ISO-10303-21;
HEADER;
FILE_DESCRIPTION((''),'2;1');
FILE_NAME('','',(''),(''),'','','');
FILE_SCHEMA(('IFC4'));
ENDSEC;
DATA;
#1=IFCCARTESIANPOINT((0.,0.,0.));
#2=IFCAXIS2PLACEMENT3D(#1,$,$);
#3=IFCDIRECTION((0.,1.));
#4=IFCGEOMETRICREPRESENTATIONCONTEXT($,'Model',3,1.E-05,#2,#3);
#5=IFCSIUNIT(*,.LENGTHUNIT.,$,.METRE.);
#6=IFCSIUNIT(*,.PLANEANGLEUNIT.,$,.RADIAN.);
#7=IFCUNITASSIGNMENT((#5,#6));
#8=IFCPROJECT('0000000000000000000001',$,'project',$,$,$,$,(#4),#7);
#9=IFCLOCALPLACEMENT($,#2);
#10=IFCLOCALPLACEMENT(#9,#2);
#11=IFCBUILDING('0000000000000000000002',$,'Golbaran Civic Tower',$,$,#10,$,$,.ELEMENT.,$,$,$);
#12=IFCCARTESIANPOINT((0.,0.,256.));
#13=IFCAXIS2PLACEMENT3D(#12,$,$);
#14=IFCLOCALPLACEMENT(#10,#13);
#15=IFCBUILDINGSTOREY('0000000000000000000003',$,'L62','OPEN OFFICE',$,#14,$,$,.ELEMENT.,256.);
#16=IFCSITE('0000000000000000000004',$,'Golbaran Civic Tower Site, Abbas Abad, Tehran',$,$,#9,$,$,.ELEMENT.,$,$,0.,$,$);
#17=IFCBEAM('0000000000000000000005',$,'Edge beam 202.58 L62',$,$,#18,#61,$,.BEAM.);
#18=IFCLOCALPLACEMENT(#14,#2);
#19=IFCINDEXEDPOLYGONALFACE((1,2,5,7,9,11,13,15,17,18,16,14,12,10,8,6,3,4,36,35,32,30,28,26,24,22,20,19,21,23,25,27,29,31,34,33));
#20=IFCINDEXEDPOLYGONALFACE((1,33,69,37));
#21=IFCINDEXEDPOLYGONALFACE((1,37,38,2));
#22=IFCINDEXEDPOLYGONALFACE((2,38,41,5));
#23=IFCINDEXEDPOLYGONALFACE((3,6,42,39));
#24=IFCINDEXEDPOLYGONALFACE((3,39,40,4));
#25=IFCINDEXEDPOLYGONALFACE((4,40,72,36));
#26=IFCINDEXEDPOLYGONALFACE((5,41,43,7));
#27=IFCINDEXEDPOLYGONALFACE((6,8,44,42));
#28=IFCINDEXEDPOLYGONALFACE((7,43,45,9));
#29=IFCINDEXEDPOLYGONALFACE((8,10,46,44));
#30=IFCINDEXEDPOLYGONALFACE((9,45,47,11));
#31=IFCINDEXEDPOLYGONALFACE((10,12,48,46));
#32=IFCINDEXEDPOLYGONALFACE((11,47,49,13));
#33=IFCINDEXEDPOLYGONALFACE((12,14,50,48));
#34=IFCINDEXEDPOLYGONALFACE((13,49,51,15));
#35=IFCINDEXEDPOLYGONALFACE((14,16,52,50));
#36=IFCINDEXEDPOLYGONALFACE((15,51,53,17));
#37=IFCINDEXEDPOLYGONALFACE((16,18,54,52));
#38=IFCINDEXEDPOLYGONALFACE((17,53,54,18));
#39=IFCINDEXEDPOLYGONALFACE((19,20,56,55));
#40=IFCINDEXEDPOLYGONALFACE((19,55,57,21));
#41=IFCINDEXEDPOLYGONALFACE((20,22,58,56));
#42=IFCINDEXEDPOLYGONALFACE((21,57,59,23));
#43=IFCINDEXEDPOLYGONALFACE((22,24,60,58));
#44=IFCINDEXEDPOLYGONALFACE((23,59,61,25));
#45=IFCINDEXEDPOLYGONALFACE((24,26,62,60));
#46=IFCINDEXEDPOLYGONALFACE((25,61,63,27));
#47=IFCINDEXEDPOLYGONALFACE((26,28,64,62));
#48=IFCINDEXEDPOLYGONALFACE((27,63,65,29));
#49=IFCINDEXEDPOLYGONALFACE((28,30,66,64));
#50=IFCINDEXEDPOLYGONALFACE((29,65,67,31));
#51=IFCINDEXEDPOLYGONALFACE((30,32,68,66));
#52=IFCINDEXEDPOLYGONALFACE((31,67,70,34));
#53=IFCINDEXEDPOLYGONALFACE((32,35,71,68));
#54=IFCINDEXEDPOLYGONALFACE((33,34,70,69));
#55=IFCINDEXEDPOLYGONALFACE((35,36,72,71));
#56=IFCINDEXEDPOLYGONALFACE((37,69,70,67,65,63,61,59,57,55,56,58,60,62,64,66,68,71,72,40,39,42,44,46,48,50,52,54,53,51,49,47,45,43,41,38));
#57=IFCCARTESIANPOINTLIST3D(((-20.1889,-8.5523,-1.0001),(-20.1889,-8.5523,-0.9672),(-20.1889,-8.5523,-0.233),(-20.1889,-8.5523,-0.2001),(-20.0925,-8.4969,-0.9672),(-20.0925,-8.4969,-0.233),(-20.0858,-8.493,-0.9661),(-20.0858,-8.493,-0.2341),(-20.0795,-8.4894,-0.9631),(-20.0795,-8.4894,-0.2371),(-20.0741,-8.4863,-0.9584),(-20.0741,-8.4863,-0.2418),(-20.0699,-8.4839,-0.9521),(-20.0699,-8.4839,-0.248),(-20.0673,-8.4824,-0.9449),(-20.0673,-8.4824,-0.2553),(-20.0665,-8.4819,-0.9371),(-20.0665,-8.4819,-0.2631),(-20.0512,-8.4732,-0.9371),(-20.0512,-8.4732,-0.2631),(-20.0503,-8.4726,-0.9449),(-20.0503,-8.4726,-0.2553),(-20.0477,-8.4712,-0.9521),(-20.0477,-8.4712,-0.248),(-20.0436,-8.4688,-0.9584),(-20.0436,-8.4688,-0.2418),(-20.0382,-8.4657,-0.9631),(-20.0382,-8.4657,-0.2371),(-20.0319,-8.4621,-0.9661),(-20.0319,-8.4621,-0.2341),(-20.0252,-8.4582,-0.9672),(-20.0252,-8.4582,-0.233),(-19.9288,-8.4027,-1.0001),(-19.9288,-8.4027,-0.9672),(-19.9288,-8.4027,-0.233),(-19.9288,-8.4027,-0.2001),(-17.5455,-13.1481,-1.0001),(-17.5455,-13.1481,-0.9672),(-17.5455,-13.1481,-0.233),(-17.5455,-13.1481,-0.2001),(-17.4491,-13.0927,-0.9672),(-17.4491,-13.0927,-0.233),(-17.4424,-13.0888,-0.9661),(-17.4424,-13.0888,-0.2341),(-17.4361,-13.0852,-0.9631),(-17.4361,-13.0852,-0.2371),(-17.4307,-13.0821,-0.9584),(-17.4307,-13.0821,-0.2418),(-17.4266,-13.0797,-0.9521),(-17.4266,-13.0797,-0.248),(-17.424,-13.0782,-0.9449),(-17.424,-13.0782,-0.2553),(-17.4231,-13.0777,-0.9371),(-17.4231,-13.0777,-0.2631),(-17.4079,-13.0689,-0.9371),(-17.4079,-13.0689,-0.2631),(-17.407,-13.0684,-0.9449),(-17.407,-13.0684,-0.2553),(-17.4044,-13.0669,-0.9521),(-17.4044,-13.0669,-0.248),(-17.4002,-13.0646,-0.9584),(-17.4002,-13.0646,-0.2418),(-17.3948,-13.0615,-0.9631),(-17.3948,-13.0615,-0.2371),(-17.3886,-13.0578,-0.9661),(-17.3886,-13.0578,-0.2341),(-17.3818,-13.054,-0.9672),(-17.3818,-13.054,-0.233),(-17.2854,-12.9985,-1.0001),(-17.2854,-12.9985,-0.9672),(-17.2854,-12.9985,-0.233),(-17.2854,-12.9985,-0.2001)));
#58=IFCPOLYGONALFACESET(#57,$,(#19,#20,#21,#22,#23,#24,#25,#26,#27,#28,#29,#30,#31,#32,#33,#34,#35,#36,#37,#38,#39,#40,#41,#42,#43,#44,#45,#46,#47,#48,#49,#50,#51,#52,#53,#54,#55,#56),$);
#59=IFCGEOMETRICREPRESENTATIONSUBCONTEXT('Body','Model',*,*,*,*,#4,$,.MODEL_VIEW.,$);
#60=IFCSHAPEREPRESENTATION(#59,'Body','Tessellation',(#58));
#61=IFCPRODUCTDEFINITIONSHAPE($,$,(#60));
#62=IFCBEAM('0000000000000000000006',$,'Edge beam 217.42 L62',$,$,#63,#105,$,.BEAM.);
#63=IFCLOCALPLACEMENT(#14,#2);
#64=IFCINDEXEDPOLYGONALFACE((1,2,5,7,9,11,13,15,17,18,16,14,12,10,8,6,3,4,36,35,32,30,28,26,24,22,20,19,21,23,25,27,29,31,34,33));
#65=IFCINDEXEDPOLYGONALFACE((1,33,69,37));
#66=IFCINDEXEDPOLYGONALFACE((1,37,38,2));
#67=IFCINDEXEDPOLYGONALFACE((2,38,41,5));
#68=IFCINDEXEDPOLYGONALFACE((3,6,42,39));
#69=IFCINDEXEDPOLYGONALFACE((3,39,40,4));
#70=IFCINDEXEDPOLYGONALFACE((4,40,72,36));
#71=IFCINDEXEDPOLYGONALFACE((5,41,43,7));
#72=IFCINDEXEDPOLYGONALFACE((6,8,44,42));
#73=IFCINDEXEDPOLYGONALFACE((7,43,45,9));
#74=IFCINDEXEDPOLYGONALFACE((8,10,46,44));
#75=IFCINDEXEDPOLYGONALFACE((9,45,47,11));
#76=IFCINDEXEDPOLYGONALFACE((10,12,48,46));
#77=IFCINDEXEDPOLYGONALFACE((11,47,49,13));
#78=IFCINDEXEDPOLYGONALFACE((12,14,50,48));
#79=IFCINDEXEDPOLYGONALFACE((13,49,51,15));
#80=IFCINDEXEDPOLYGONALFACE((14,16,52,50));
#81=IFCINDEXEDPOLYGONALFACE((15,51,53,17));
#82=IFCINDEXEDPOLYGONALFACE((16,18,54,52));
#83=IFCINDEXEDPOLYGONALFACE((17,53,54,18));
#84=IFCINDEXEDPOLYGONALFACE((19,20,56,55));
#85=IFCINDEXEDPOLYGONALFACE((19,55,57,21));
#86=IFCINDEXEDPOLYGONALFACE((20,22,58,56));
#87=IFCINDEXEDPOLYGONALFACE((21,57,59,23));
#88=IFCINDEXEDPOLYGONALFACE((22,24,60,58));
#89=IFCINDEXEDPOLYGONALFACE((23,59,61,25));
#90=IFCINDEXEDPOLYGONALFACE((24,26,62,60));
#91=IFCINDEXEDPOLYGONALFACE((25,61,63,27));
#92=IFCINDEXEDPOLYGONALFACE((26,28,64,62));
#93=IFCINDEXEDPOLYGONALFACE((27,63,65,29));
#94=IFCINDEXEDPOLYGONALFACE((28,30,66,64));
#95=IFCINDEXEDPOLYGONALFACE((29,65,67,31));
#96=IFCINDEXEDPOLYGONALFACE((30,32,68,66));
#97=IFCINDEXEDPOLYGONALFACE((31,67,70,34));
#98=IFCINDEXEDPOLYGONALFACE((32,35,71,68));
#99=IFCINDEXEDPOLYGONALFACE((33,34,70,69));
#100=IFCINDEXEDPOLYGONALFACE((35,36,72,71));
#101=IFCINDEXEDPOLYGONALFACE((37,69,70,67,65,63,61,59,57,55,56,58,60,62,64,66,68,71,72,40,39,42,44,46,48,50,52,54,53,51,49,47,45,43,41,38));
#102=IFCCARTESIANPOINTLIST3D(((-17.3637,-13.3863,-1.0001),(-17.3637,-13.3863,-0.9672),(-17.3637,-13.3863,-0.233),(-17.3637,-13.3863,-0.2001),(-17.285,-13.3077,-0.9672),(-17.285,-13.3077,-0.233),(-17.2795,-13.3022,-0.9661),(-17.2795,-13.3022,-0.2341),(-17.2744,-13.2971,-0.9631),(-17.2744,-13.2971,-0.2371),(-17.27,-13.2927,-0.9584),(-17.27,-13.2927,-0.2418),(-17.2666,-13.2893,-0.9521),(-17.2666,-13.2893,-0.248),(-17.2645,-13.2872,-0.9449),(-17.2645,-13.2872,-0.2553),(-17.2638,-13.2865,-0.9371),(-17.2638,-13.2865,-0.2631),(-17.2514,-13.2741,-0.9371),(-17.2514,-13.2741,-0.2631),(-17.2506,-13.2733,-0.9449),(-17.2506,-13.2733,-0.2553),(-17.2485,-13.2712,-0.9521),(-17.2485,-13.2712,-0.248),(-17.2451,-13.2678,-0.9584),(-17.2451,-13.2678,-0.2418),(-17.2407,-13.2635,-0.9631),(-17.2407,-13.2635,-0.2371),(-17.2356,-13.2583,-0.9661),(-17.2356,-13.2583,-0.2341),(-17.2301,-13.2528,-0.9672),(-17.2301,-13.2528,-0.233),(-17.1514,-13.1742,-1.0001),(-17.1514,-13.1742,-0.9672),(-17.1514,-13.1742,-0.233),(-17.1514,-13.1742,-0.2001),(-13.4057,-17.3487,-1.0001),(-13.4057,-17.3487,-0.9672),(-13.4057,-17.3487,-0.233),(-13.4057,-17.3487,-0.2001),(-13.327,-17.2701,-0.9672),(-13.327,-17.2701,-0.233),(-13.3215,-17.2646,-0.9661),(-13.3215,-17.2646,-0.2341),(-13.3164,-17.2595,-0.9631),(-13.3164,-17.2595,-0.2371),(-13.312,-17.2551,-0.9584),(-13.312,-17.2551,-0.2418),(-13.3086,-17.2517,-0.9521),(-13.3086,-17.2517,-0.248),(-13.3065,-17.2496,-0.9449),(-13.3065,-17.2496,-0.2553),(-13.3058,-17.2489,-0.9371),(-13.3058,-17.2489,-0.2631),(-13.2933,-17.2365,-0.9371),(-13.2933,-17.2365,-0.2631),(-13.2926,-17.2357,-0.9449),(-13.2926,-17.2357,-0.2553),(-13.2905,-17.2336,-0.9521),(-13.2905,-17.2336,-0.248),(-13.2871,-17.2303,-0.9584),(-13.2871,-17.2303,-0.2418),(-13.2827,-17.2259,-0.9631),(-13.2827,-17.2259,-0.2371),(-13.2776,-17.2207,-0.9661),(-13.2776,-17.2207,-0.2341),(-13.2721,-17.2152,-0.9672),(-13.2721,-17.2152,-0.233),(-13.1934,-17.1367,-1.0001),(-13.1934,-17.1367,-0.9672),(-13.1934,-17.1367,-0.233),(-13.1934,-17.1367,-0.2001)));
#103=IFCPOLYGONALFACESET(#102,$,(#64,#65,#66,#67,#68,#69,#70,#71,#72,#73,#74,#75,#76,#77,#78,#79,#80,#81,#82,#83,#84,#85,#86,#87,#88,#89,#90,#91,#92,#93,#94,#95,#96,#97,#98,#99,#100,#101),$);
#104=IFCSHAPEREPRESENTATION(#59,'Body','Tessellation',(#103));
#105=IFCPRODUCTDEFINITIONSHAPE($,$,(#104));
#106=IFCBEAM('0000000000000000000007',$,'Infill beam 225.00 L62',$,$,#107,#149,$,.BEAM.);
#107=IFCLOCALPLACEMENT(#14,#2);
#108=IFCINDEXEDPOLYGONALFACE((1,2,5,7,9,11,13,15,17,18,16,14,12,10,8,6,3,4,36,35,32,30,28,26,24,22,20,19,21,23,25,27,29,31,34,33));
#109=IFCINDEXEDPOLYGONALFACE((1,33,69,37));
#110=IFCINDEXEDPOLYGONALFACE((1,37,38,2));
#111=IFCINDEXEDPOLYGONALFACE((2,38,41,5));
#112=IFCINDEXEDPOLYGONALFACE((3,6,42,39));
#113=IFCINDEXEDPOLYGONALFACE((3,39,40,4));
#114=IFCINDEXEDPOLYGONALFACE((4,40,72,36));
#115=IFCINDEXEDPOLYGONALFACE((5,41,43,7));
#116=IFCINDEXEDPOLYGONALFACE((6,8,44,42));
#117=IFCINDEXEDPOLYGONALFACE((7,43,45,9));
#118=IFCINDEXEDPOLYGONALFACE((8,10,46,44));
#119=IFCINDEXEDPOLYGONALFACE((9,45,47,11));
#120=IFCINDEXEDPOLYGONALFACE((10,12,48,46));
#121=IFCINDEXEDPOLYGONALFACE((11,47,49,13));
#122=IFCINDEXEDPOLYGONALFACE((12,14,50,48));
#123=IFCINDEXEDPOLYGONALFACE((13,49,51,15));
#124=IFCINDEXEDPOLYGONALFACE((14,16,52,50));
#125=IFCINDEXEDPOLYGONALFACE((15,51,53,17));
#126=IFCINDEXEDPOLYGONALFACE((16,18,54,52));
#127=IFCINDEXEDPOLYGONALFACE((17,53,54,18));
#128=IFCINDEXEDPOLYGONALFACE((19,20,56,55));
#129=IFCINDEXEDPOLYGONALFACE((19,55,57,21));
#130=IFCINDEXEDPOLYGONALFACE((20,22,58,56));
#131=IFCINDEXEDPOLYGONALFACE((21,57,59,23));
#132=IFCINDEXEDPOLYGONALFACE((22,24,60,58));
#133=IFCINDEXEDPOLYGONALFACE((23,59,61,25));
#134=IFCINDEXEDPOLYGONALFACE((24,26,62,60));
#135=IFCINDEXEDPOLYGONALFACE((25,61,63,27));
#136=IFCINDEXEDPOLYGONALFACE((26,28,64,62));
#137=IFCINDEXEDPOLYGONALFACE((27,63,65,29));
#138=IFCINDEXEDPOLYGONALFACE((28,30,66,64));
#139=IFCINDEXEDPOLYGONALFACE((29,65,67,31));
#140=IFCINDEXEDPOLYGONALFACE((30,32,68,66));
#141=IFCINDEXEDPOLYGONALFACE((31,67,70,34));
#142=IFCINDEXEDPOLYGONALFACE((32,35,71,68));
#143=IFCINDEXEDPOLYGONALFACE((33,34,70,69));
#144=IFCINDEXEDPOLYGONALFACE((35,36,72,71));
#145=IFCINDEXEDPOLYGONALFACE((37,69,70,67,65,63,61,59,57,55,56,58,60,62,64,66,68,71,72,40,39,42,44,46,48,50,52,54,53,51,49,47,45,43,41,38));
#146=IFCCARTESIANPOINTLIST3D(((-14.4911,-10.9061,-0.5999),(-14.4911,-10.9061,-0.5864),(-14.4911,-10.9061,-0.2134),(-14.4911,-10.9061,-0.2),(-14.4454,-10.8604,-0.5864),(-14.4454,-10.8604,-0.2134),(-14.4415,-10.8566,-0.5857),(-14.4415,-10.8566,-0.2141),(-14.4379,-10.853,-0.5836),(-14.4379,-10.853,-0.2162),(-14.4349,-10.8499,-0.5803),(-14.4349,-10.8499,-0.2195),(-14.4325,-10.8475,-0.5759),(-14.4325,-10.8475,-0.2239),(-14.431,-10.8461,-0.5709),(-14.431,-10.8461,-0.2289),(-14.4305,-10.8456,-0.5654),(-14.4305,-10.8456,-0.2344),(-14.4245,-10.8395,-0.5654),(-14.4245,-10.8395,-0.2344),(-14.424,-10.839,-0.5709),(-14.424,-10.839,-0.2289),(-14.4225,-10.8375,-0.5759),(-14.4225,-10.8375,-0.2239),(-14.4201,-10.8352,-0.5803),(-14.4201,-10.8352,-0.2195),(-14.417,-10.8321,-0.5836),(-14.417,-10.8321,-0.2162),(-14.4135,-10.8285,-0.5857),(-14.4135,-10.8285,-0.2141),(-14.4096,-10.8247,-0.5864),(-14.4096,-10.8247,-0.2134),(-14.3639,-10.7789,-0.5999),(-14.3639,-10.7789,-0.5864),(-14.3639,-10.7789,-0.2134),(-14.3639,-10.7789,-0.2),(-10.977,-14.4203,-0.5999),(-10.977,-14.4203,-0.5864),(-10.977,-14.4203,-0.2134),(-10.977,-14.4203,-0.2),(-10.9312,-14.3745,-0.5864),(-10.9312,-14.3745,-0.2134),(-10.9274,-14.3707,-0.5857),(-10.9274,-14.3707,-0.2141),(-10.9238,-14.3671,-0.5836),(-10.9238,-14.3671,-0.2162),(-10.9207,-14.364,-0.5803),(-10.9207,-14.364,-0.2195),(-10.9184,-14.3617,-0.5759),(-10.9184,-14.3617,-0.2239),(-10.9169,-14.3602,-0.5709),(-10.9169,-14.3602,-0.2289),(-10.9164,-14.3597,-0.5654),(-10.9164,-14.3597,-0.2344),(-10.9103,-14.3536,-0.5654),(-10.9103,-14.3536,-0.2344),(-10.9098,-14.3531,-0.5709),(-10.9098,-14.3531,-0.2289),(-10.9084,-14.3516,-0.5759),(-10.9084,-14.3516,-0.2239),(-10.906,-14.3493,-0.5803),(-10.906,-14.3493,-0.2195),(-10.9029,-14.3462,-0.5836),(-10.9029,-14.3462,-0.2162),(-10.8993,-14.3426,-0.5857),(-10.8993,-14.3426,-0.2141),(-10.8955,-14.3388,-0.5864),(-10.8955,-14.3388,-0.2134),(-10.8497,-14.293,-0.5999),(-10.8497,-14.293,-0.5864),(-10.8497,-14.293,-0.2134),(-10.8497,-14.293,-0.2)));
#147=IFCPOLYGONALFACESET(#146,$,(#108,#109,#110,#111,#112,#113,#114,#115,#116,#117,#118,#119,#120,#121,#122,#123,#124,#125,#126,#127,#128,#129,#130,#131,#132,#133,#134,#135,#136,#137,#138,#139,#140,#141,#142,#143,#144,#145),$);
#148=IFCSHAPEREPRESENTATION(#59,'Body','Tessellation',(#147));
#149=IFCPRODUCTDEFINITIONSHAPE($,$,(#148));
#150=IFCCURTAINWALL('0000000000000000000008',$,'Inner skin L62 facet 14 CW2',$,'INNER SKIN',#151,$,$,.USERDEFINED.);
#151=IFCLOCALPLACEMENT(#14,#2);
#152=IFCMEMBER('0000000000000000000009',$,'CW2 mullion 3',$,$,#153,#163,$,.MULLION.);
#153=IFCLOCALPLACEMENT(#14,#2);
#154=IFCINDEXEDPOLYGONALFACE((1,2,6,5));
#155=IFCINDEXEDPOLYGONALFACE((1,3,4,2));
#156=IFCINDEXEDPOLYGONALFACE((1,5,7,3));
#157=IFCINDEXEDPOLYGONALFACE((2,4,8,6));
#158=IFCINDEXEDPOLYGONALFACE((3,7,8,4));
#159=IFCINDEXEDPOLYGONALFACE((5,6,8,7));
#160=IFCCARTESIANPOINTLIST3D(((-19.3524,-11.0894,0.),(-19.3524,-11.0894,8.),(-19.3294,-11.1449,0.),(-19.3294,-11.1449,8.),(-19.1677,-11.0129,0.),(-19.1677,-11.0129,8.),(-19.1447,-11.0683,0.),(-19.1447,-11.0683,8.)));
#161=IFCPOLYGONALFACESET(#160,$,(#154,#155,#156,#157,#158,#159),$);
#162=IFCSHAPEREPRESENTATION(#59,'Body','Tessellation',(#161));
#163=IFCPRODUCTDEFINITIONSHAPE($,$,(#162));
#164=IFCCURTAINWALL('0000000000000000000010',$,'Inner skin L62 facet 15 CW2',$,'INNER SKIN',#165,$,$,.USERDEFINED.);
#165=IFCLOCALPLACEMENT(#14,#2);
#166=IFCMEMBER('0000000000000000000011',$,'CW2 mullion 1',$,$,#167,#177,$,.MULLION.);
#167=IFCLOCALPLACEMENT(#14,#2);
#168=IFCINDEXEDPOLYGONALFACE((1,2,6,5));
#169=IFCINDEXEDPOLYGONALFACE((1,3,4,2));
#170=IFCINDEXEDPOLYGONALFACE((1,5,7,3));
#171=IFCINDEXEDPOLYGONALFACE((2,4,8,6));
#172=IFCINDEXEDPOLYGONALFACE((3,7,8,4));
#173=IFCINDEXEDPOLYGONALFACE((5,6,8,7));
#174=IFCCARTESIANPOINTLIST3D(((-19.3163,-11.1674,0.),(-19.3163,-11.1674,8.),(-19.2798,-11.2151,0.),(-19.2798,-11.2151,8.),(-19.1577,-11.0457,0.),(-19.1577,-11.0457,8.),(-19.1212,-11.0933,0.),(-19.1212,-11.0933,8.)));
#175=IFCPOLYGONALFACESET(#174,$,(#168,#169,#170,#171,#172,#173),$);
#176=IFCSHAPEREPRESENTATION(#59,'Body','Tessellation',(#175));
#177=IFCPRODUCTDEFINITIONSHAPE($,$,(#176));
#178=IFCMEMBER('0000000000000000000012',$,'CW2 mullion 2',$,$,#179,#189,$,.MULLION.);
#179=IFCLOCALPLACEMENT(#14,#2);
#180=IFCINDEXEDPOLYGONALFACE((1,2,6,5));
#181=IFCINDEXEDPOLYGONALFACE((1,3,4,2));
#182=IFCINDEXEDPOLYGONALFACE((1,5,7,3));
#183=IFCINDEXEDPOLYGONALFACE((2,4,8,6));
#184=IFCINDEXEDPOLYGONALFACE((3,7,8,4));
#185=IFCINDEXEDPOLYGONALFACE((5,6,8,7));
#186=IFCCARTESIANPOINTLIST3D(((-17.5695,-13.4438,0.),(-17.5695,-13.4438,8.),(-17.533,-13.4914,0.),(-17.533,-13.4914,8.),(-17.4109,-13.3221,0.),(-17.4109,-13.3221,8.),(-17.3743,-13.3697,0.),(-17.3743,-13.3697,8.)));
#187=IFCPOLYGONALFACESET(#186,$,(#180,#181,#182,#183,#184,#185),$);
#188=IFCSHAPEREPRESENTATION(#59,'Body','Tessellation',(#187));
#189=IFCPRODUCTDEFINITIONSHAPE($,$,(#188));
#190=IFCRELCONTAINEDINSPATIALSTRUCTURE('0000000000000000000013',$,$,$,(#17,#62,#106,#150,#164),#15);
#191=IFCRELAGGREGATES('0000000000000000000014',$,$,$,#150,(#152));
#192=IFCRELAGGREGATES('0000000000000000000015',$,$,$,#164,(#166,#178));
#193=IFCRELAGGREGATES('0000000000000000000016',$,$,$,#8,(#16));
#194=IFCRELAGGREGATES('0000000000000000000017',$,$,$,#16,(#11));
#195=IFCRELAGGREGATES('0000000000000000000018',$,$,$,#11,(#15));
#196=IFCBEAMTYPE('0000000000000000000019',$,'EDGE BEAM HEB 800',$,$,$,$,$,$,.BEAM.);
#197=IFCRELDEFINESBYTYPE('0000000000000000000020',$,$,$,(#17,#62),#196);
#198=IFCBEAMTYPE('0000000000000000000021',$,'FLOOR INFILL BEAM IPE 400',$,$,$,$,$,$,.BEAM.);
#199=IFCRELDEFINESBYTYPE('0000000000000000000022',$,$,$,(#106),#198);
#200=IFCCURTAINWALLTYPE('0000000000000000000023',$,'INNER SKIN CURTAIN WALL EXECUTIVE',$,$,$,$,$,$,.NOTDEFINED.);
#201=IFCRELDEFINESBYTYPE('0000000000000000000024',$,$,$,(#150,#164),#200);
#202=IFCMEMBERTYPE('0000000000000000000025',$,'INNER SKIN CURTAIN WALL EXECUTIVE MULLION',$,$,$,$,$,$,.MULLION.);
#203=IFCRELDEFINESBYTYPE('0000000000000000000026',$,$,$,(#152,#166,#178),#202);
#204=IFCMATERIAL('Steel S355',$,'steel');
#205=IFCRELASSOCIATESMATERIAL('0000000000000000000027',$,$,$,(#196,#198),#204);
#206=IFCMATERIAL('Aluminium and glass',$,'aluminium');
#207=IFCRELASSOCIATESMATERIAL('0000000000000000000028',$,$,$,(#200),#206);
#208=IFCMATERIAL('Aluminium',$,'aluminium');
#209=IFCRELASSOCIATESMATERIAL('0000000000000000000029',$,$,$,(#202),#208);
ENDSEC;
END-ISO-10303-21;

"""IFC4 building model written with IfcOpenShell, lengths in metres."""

from ifc_helpers import new_model, si_unit, direction, frame, origin, origin_2d, place, context, subcontext, project, spatial, rectangle, i_section, extrude, material, material_profile, profile_set, type_object, element, aggregate, save


model = new_model("IFC4")

# Units and contexts
model_context = context("Model", 3, precision=1e-05, world=origin(), true_north=direction((0.0, 1.0)))
body_context = subcontext(model_context, "Body", "Model", "MODEL_VIEW")
ifc_project = project(units=[si_unit("LENGTHUNIT", "METRE"), si_unit("PLANEANGLEUNIT", "RADIAN")], contexts=[model_context])

# Site, building, storey
site_placement = place(None, origin())
site = spatial("IfcSite", under=ifc_project, at=site_placement, Name="Golbaran Civic Tower Site, Abbas Abad, Tehran", CompositionType="ELEMENT", RefElevation=0.0)
building_placement = place(site_placement, origin())
building = spatial("IfcBuilding", under=site, at=building_placement, Name="Golbaran Civic Tower", CompositionType="ELEMENT")
storey_placement = place(building_placement, frame((0.0, 0.0, 256.0)))
storey = spatial("IfcBuildingStorey", under=building, at=storey_placement, Name="L62", Description="OPEN OFFICE", CompositionType="ELEMENT", Elevation=256.0)

# Beams
ifc_material_1 = material(Name="Steel S355", Category="steel")
ifc_material_profile_1 = material_profile(ifc_material_1, i_section(OverallWidth=0.3, OverallDepth=0.8, WebThickness=0.0176, FlangeThickness=0.033, FilletRadius=0.03, at=origin_2d()), Name="HEB 800")
ifc_profile_set_1 = profile_set([ifc_material_profile_1], Name="Steel S355")
beam_type_1 = type_object("IfcBeamType", Name="EDGE BEAM HEB 800", PredefinedType="BEAM", material=ifc_profile_set_1)
beam_1_placement = place(storey_placement, frame((-20.0588, -8.4775, -0.6001), z_axis=(0.498582, -0.866843, 0.0), x_axis=(0.866843, 0.498582, 0.0)))
element("IfcBeam", 1, at=beam_1_placement, inside=storey, type_object=beam_type_1, Name="Edge beam 202.58 L62", PredefinedType="BEAM", context=body_context, shape_type="SweptSolid", body=[
    extrude(i_section(OverallWidth=0.3, OverallDepth=0.8, WebThickness=0.0176, FlangeThickness=0.033, FilletRadius=0.03, at=origin_2d()), origin(), (0.0, 0.0, 1.0), 5.3018),
])
beam_2_placement = place(storey_placement, frame((-17.2576, -13.2803, -0.6001), z_axis=(0.706714, -0.707499, 0.0), x_axis=(0.707499, 0.706714, 0.0)))
element("IfcBeam", 2, at=beam_2_placement, inside=storey, type_object=beam_type_1, Name="Edge beam 217.42 L62", PredefinedType="BEAM", context=body_context, shape_type="SweptSolid", body=[
    extrude(i_section(OverallWidth=0.3, OverallDepth=0.8, WebThickness=0.0176, FlangeThickness=0.033, FilletRadius=0.03, at=origin_2d()), origin(), (0.0, 0.0, 1.0), 5.6006),
])
ifc_material_profile_2 = material_profile(ifc_material_1, i_section(OverallWidth=0.1799, OverallDepth=0.3999, WebThickness=0.0085, FlangeThickness=0.0134, FilletRadius=0.021, at=origin_2d()), Name="IPE 400")
ifc_profile_set_2 = profile_set([ifc_material_profile_2], Name="Steel S355")
beam_type_2 = type_object("IfcBeamType", Name="FLOOR INFILL BEAM IPE 400", PredefinedType="BEAM", material=ifc_profile_set_2)
beam_3_placement = place(storey_placement, frame((-14.4275, -10.8425, -0.3999), z_axis=(0.707107, -0.707107, 0.0), x_axis=(0.707107, 0.707107, 0.0)))
element("IfcBeam", 3, at=beam_3_placement, inside=storey, type_object=beam_type_2, Name="Infill beam 225.00 L62", PredefinedType="BEAM", context=body_context, shape_type="SweptSolid", body=[
    extrude(i_section(OverallWidth=0.1799, OverallDepth=0.3999, WebThickness=0.0085, FlangeThickness=0.0134, FilletRadius=0.021, at=origin_2d()), origin(), (0.0, 0.0, 1.0), 4.9697),
])

# Curtain wall, member
ifc_material_2 = material(Name="Aluminium and glass", Category="aluminium")
curtain_wall_type = type_object("IfcCurtainWallType", Name="INNER SKIN CURTAIN WALL EXECUTIVE", PredefinedType="NOTDEFINED", material=ifc_material_2)
curtain_wall_1_placement = place(storey_placement, origin())
curtain_wall_1 = element("IfcCurtainWall", 4, at=curtain_wall_1_placement, inside=storey, type_object=curtain_wall_type, Name="Inner skin L62 facet 14 CW2", ObjectType="INNER SKIN", PredefinedType="USERDEFINED")
ifc_material_3 = material(Name="Aluminium", Category="aluminium")
ifc_material_profile_3 = material_profile(ifc_material_3, rectangle(XDim=0.2, YDim=0.0601, at=origin_2d()), Name="INNER SKIN CURTAIN WALL EXECUTIVE MULLION")
ifc_profile_set_3 = profile_set([ifc_material_profile_3], Name="Aluminium")
member_type_1 = type_object("IfcMemberType", Name="INNER SKIN CURTAIN WALL EXECUTIVE MULLION", PredefinedType="MULLION", material=ifc_profile_set_3)
member_1_placement = place(storey_placement, frame((-19.2485, -11.0789, 0.0), z_axis=(0.0, 0.0, 1.0), x_axis=(0.92388, 0.382683, 0.0)))
member_1 = element("IfcMember", 5, at=member_1_placement, type_object=member_type_1, Name="CW2 mullion 3", PredefinedType="MULLION", context=body_context, shape_type="SweptSolid", body=[
    extrude(rectangle(XDim=0.2, YDim=0.0601, at=origin_2d()), origin(), (0.0, 0.0, 1.0), 8.0),
])

# Curtain wall, members
curtain_wall_2_placement = place(storey_placement, origin())
curtain_wall_2 = element("IfcCurtainWall", 6, at=curtain_wall_2_placement, inside=storey, type_object=curtain_wall_type, Name="Inner skin L62 facet 15 CW2", ObjectType="INNER SKIN", PredefinedType="USERDEFINED")
member_2_placement = place(storey_placement, frame((-19.2188, -11.1304, 0.0), z_axis=(0.0, 0.0, 1.0), x_axis=(0.793353, 0.608761, 0.0)))
member_2 = element("IfcMember", 7, at=member_2_placement, type_object=member_type_1, Name="CW2 mullion 1", PredefinedType="MULLION", context=body_context, shape_type="SweptSolid", body=[
    extrude(rectangle(XDim=0.2, YDim=0.0601, at=origin_2d()), origin(), (0.0, 0.0, 1.0), 8.0),
])
member_3_placement = place(storey_placement, frame((-17.4719, -13.4067, 0.0), z_axis=(0.0, 0.0, 1.0), x_axis=(0.793353, 0.608761, 0.0)))
member_3 = element("IfcMember", 8, at=member_3_placement, type_object=member_type_1, Name="CW2 mullion 2", PredefinedType="MULLION", context=body_context, shape_type="SweptSolid", body=[
    extrude(rectangle(XDim=0.2, YDim=0.0601, at=origin_2d()), origin(), (0.0, 0.0, 1.0), 8.0),
])

aggregate(curtain_wall_1, [member_1])
aggregate(curtain_wall_2, [member_2, member_3])

save(model, "model.ifc")
